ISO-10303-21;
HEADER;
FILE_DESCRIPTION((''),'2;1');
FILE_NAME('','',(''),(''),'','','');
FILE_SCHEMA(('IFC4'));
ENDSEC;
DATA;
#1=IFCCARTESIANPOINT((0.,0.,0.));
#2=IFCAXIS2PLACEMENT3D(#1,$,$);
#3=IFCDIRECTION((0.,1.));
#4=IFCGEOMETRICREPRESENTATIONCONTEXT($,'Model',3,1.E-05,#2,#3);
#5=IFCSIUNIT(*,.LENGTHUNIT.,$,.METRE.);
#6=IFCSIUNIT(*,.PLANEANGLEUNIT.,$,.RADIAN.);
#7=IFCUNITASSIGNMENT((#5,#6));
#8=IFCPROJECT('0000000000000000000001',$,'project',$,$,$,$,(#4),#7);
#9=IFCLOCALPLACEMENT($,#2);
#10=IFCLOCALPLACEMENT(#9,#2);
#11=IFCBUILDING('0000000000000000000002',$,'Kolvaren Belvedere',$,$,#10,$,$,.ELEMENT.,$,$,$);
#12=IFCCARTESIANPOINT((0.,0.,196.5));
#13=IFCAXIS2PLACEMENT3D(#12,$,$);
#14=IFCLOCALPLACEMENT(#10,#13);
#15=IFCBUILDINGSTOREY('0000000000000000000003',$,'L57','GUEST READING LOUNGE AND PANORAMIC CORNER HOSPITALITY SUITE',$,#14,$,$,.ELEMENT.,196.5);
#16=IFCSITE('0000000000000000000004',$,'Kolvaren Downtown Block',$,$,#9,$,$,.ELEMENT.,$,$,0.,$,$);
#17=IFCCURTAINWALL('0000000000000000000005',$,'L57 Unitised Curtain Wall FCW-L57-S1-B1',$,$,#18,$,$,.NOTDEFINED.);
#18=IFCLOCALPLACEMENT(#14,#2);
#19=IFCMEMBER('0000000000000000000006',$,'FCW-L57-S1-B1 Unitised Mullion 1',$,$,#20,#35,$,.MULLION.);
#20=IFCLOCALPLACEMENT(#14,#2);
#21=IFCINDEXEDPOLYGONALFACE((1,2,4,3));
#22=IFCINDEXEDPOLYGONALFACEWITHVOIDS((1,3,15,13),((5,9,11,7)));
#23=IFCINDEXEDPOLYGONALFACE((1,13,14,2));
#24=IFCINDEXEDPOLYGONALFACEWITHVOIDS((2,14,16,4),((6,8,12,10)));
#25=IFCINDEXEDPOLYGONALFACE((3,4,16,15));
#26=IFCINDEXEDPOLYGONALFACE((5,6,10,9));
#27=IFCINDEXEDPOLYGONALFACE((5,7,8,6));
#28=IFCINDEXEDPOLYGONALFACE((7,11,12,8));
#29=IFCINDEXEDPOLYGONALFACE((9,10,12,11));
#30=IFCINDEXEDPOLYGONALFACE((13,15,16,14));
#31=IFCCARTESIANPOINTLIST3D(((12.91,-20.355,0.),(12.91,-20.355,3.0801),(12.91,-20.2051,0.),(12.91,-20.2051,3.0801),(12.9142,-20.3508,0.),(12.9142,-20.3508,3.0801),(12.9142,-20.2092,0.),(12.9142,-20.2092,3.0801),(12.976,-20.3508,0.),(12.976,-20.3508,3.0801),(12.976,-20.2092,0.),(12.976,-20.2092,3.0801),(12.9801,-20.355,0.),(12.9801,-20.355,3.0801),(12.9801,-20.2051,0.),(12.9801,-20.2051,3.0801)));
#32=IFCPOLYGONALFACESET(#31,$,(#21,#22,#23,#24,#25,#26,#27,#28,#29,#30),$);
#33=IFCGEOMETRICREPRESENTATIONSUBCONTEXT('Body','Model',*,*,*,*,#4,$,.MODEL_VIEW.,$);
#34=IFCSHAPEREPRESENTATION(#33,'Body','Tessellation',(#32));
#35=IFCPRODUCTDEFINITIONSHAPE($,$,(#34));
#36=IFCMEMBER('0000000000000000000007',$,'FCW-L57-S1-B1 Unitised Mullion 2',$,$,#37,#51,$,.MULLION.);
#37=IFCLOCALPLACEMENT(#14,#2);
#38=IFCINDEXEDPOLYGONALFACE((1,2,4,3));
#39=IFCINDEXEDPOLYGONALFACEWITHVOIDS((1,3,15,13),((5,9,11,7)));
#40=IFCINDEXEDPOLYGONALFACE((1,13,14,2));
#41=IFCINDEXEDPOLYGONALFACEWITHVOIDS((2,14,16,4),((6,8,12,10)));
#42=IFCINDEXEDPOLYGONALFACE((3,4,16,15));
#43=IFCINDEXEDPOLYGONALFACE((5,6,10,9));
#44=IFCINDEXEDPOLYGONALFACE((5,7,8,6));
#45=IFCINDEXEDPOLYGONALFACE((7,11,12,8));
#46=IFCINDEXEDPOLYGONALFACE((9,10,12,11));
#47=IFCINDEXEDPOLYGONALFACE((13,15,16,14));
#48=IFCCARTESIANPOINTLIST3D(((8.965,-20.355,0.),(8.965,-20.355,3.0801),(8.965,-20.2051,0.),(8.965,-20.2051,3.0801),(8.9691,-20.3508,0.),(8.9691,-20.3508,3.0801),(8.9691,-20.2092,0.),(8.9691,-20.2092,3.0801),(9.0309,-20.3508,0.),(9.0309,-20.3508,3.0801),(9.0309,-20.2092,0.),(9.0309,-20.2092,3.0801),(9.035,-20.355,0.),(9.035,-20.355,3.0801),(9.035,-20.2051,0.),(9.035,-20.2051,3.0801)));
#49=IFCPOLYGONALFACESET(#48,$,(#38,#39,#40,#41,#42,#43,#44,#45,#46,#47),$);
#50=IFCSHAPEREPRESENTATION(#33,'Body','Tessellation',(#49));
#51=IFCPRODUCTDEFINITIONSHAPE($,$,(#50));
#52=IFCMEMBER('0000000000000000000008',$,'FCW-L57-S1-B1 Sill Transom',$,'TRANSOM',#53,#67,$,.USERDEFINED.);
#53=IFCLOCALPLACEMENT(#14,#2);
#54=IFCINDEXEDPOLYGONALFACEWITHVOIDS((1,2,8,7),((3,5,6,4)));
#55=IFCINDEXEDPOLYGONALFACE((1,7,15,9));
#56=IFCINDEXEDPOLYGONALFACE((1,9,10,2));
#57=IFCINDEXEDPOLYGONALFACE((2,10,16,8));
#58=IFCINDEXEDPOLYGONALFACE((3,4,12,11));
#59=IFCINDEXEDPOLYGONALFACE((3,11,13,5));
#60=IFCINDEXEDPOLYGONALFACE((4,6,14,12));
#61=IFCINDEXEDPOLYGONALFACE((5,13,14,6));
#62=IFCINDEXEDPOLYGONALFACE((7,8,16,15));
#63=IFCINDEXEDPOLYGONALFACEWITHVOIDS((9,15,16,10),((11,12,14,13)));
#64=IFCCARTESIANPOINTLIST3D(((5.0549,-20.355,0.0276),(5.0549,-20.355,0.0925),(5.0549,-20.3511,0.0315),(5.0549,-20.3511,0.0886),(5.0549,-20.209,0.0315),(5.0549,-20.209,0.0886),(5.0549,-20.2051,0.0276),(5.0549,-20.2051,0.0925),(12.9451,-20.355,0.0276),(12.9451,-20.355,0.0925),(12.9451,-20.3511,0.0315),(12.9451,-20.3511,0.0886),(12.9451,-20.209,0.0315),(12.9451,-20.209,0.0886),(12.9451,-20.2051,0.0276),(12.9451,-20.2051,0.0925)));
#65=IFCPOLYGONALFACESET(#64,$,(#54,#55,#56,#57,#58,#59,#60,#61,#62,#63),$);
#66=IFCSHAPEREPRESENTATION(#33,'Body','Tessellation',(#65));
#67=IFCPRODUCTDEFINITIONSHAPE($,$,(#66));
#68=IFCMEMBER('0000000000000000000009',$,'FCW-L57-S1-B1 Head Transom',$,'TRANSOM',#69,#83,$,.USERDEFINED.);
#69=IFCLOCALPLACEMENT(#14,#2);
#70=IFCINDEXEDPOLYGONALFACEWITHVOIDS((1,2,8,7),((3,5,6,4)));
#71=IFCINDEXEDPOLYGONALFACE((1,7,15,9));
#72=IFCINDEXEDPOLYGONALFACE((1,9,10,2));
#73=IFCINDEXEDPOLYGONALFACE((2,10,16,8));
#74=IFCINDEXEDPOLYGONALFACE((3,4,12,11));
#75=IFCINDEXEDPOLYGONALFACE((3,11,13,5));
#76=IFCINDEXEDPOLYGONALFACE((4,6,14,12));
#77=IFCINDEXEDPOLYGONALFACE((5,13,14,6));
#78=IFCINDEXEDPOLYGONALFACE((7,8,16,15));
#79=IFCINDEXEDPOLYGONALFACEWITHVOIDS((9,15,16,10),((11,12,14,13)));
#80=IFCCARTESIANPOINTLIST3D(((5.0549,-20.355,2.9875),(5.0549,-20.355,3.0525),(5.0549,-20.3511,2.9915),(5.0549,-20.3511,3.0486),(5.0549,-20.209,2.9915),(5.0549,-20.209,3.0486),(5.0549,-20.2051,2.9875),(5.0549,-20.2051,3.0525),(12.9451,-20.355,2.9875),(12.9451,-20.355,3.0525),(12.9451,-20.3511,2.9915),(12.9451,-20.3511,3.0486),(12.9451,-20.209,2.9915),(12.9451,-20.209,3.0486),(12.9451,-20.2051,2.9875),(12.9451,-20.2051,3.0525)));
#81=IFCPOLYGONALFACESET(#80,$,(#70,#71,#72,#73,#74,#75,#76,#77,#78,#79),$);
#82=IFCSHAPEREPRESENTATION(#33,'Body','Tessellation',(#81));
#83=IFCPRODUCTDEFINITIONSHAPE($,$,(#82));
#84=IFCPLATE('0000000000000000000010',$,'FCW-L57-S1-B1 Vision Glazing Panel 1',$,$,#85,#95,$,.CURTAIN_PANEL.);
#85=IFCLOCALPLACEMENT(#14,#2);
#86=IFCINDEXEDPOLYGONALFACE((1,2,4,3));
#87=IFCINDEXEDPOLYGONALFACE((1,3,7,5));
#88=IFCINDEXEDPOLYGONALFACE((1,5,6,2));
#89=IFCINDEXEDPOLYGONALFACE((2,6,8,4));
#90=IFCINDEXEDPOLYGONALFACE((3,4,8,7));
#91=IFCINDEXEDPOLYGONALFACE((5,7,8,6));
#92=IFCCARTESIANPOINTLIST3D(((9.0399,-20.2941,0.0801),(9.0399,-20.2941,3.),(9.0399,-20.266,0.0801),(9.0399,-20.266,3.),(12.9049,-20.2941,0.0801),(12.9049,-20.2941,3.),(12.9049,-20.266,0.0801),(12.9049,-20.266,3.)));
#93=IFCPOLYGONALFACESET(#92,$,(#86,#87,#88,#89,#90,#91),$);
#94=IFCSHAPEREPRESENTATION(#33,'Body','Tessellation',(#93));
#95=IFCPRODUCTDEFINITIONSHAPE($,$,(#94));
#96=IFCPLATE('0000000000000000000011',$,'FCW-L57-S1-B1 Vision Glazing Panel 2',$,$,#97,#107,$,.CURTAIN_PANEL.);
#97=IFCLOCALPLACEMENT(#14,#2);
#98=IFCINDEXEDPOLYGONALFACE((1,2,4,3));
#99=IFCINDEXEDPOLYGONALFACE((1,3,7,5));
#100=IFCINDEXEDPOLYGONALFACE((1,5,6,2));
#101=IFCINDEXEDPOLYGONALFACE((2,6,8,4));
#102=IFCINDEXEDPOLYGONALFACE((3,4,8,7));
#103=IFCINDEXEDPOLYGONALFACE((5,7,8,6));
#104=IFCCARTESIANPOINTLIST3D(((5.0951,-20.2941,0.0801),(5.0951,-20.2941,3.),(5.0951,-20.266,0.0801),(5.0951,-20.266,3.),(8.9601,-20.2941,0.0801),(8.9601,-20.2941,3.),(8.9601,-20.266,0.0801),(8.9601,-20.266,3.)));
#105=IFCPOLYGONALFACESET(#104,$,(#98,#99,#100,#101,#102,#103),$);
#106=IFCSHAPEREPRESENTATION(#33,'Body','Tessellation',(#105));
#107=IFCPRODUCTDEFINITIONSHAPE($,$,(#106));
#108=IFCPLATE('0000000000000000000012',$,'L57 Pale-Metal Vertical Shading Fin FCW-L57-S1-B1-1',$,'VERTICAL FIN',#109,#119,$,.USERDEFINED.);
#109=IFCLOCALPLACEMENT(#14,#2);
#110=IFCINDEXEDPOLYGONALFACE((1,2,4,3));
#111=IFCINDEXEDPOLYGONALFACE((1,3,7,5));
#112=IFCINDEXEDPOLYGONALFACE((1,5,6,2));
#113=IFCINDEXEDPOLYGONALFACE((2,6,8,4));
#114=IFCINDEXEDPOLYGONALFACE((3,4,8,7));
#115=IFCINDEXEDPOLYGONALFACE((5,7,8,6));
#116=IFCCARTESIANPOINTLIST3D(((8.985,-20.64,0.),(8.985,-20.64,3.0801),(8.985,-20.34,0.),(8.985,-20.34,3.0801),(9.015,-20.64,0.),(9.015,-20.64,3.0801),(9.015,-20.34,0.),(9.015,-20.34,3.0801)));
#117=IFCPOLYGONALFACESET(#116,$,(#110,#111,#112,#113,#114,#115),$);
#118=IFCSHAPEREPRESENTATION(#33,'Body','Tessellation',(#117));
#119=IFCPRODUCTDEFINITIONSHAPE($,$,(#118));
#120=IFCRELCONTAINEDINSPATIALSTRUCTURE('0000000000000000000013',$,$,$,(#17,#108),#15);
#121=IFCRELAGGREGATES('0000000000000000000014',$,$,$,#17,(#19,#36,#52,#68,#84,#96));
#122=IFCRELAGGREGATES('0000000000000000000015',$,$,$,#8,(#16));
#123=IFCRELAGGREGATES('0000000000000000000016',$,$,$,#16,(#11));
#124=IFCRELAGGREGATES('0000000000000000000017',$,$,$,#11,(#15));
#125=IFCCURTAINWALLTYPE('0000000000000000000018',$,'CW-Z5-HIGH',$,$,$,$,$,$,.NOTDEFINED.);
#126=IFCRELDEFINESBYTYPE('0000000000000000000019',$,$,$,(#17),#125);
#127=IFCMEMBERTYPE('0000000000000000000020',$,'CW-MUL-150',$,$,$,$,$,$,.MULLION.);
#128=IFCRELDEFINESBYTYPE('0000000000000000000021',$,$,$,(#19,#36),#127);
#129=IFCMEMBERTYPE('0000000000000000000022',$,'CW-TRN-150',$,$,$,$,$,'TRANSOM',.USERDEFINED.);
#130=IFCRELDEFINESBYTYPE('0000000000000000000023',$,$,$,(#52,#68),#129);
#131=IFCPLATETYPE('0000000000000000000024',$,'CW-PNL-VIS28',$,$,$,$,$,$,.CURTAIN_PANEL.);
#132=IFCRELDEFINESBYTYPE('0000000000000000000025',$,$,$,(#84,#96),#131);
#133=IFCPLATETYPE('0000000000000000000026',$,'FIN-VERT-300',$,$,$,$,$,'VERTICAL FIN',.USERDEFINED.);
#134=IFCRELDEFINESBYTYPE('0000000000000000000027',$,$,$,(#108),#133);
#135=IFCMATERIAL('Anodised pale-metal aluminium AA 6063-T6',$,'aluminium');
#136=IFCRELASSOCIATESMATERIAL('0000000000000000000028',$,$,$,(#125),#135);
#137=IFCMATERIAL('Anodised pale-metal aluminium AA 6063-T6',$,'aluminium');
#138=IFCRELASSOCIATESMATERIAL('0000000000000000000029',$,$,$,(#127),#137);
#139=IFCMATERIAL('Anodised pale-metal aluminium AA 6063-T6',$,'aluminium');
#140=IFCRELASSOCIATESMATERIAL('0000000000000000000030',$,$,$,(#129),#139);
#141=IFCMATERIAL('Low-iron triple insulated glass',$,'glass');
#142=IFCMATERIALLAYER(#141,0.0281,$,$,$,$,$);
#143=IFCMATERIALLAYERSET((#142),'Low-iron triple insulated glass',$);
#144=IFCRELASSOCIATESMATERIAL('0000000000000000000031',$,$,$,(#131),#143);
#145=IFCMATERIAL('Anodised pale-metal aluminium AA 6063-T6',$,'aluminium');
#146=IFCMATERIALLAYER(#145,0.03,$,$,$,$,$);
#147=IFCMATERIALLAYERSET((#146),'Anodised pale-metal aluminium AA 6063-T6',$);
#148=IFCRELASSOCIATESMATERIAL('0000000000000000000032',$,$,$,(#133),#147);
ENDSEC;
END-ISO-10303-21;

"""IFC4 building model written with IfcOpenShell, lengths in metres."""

from ifc_helpers import new_model, si_unit, direction, frame, origin, origin_2d, place, context, subcontext, project, spatial, rectangle, hollow_rectangle, extrude, material, layer, layer_set, material_profile, profile_set, type_object, element, aggregate, save


model = new_model("IFC4")

# Units and contexts
model_context = context("Model", 3, precision=1e-05, world=origin(), true_north=direction((0.0, 1.0)))
body_context = subcontext(model_context, "Body", "Model", "MODEL_VIEW")
ifc_project = project(units=[si_unit("LENGTHUNIT", "METRE"), si_unit("PLANEANGLEUNIT", "RADIAN")], contexts=[model_context])

# Site, building, storey
site_placement = place(None, origin())
site = spatial("IfcSite", under=ifc_project, at=site_placement, Name="Kolvaren Downtown Block", CompositionType="ELEMENT", RefElevation=0.0)
building_placement = place(site_placement, origin())
building = spatial("IfcBuilding", under=site, at=building_placement, Name="Kolvaren Belvedere", CompositionType="ELEMENT")
storey_placement = place(building_placement, frame((0.0, 0.0, 196.5)))
storey = spatial("IfcBuildingStorey", under=building, at=storey_placement, Name="L57", Description="GUEST READING LOUNGE AND PANORAMIC CORNER HOSPITALITY SUITE", CompositionType="ELEMENT", Elevation=196.5)

# Curtain wall, members, plates
ifc_material_1 = material(Name="Anodised pale-metal aluminium AA 6063-T6", Category="aluminium")
curtain_wall_type = type_object("IfcCurtainWallType", Name="CW-Z5-HIGH", PredefinedType="NOTDEFINED", material=ifc_material_1)
curtain_wall_placement = place(storey_placement, origin())
curtain_wall = element("IfcCurtainWall", 1, at=curtain_wall_placement, inside=storey, type_object=curtain_wall_type, Name="L57 Unitised Curtain Wall FCW-L57-S1-B1", PredefinedType="NOTDEFINED")
ifc_material_2 = material(Name="Anodised pale-metal aluminium AA 6063-T6", Category="aluminium")
ifc_material_profile_1 = material_profile(ifc_material_2, hollow_rectangle(XDim=0.0701, YDim=0.1499, WallThickness=0.0042, at=origin_2d()), Name="ALU-MUL-150X70")
ifc_profile_set_1 = profile_set([ifc_material_profile_1], Name="Anodised pale-metal aluminium AA 6063-T6")
member_type_1 = type_object("IfcMemberType", Name="CW-MUL-150", PredefinedType="MULLION", material=ifc_profile_set_1)
member_1_placement = place(storey_placement, frame((12.9451, -20.28, 0.0), z_axis=(0.0, 0.0, 1.0), x_axis=(1.0, 0.0, 0.0)))
member_1 = element("IfcMember", 2, at=member_1_placement, type_object=member_type_1, Name="FCW-L57-S1-B1 Unitised Mullion 1", PredefinedType="MULLION", context=body_context, shape_type="SweptSolid", body=[
    extrude(hollow_rectangle(XDim=0.0701, YDim=0.1499, WallThickness=0.0042, at=origin_2d()), origin(), (0.0, 0.0, 1.0), 3.0801),
])
member_2_placement = place(storey_placement, frame((9.0, -20.28, 0.0), z_axis=(0.0, 0.0, 1.0), x_axis=(1.0, 0.0, 0.0)))
member_2 = element("IfcMember", 3, at=member_2_placement, type_object=member_type_1, Name="FCW-L57-S1-B1 Unitised Mullion 2", PredefinedType="MULLION", context=body_context, shape_type="SweptSolid", body=[
    extrude(hollow_rectangle(XDim=0.0701, YDim=0.1499, WallThickness=0.0042, at=origin_2d()), origin(), (0.0, 0.0, 1.0), 3.0801),
])
ifc_material_3 = material(Name="Anodised pale-metal aluminium AA 6063-T6", Category="aluminium")
ifc_material_profile_2 = material_profile(ifc_material_3, hollow_rectangle(XDim=0.0649, YDim=0.1499, WallThickness=0.0039, at=origin_2d()), Name="ALU-TRN-150X65")
ifc_profile_set_2 = profile_set([ifc_material_profile_2], Name="Anodised pale-metal aluminium AA 6063-T6")
member_type_2 = type_object("IfcMemberType", Name="CW-TRN-150", ElementType="TRANSOM", PredefinedType="USERDEFINED", material=ifc_profile_set_2)
member_3_placement = place(storey_placement, frame((12.9451, -20.28, 0.0601), z_axis=(-1.0, 0.0, 0.0), x_axis=(0.0, 0.0, 1.0)))
member_3 = element("IfcMember", 4, at=member_3_placement, type_object=member_type_2, Name="FCW-L57-S1-B1 Sill Transom", ObjectType="TRANSOM", PredefinedType="USERDEFINED", context=body_context, shape_type="SweptSolid", body=[
    extrude(hollow_rectangle(XDim=0.0649, YDim=0.1499, WallThickness=0.0039, at=origin_2d()), origin(), (0.0, 0.0, 1.0), 7.8901),
])
member_4_placement = place(storey_placement, frame((12.9451, -20.28, 3.02), z_axis=(-1.0, 0.0, 0.0), x_axis=(0.0, 0.0, 1.0)))
member_4 = element("IfcMember", 5, at=member_4_placement, type_object=member_type_2, Name="FCW-L57-S1-B1 Head Transom", ObjectType="TRANSOM", PredefinedType="USERDEFINED", context=body_context, shape_type="SweptSolid", body=[
    extrude(hollow_rectangle(XDim=0.0649, YDim=0.1499, WallThickness=0.0039, at=origin_2d()), origin(), (0.0, 0.0, 1.0), 7.8901),
])
ifc_material_4 = material(Name="Low-iron triple insulated glass", Category="glass")
ifc_layer_1 = layer(ifc_material_4, 0.0281)
ifc_layer_set_1 = layer_set([ifc_layer_1], Name="Low-iron triple insulated glass")
plate_type_1 = type_object("IfcPlateType", Name="CW-PNL-VIS28", PredefinedType="CURTAIN_PANEL", material=ifc_layer_set_1)
plate_1_placement = place(storey_placement, frame((10.9724, -20.28, 0.0801), z_axis=(0.0, 0.0, 1.0), x_axis=(-1.0, 0.0, 0.0)))
plate_1 = element("IfcPlate", 6, at=plate_1_placement, type_object=plate_type_1, Name="FCW-L57-S1-B1 Vision Glazing Panel 1", PredefinedType="CURTAIN_PANEL", context=body_context, shape_type="SweptSolid", body=[
    extrude(rectangle(XDim=3.865, YDim=0.0281, at=origin_2d()), origin(), (0.0, 0.0, 1.0), 2.9199),
])
plate_2_placement = place(storey_placement, frame((7.0276, -20.28, 0.0801), z_axis=(0.0, 0.0, 1.0), x_axis=(-1.0, 0.0, 0.0)))
plate_2 = element("IfcPlate", 7, at=plate_2_placement, type_object=plate_type_1, Name="FCW-L57-S1-B1 Vision Glazing Panel 2", PredefinedType="CURTAIN_PANEL", context=body_context, shape_type="SweptSolid", body=[
    extrude(rectangle(XDim=3.865, YDim=0.0281, at=origin_2d()), origin(), (0.0, 0.0, 1.0), 2.9199),
])
aggregate(curtain_wall, [member_1, member_2, member_3, member_4, plate_1, plate_2])

# Plate
ifc_material_5 = material(Name="Anodised pale-metal aluminium AA 6063-T6", Category="aluminium")
ifc_layer_2 = layer(ifc_material_5, 0.03)
ifc_layer_set_2 = layer_set([ifc_layer_2], Name="Anodised pale-metal aluminium AA 6063-T6")
plate_type_2 = type_object("IfcPlateType", Name="FIN-VERT-300", ElementType="VERTICAL FIN", PredefinedType="USERDEFINED", material=ifc_layer_set_2)
plate_3_placement = place(storey_placement, frame((9.0, -20.49, 0.0), z_axis=(0.0, 0.0, 1.0), x_axis=(0.0, 1.0, 0.0)))
element("IfcPlate", 8, at=plate_3_placement, inside=storey, type_object=plate_type_2, Name="L57 Pale-Metal Vertical Shading Fin FCW-L57-S1-B1-1", ObjectType="VERTICAL FIN", PredefinedType="USERDEFINED", context=body_context, shape_type="SweptSolid", body=[
    extrude(rectangle(XDim=0.3, YDim=0.03, at=origin_2d()), origin(), (0.0, 0.0, 1.0), 3.0801),
])

save(model, "model.ifc")
